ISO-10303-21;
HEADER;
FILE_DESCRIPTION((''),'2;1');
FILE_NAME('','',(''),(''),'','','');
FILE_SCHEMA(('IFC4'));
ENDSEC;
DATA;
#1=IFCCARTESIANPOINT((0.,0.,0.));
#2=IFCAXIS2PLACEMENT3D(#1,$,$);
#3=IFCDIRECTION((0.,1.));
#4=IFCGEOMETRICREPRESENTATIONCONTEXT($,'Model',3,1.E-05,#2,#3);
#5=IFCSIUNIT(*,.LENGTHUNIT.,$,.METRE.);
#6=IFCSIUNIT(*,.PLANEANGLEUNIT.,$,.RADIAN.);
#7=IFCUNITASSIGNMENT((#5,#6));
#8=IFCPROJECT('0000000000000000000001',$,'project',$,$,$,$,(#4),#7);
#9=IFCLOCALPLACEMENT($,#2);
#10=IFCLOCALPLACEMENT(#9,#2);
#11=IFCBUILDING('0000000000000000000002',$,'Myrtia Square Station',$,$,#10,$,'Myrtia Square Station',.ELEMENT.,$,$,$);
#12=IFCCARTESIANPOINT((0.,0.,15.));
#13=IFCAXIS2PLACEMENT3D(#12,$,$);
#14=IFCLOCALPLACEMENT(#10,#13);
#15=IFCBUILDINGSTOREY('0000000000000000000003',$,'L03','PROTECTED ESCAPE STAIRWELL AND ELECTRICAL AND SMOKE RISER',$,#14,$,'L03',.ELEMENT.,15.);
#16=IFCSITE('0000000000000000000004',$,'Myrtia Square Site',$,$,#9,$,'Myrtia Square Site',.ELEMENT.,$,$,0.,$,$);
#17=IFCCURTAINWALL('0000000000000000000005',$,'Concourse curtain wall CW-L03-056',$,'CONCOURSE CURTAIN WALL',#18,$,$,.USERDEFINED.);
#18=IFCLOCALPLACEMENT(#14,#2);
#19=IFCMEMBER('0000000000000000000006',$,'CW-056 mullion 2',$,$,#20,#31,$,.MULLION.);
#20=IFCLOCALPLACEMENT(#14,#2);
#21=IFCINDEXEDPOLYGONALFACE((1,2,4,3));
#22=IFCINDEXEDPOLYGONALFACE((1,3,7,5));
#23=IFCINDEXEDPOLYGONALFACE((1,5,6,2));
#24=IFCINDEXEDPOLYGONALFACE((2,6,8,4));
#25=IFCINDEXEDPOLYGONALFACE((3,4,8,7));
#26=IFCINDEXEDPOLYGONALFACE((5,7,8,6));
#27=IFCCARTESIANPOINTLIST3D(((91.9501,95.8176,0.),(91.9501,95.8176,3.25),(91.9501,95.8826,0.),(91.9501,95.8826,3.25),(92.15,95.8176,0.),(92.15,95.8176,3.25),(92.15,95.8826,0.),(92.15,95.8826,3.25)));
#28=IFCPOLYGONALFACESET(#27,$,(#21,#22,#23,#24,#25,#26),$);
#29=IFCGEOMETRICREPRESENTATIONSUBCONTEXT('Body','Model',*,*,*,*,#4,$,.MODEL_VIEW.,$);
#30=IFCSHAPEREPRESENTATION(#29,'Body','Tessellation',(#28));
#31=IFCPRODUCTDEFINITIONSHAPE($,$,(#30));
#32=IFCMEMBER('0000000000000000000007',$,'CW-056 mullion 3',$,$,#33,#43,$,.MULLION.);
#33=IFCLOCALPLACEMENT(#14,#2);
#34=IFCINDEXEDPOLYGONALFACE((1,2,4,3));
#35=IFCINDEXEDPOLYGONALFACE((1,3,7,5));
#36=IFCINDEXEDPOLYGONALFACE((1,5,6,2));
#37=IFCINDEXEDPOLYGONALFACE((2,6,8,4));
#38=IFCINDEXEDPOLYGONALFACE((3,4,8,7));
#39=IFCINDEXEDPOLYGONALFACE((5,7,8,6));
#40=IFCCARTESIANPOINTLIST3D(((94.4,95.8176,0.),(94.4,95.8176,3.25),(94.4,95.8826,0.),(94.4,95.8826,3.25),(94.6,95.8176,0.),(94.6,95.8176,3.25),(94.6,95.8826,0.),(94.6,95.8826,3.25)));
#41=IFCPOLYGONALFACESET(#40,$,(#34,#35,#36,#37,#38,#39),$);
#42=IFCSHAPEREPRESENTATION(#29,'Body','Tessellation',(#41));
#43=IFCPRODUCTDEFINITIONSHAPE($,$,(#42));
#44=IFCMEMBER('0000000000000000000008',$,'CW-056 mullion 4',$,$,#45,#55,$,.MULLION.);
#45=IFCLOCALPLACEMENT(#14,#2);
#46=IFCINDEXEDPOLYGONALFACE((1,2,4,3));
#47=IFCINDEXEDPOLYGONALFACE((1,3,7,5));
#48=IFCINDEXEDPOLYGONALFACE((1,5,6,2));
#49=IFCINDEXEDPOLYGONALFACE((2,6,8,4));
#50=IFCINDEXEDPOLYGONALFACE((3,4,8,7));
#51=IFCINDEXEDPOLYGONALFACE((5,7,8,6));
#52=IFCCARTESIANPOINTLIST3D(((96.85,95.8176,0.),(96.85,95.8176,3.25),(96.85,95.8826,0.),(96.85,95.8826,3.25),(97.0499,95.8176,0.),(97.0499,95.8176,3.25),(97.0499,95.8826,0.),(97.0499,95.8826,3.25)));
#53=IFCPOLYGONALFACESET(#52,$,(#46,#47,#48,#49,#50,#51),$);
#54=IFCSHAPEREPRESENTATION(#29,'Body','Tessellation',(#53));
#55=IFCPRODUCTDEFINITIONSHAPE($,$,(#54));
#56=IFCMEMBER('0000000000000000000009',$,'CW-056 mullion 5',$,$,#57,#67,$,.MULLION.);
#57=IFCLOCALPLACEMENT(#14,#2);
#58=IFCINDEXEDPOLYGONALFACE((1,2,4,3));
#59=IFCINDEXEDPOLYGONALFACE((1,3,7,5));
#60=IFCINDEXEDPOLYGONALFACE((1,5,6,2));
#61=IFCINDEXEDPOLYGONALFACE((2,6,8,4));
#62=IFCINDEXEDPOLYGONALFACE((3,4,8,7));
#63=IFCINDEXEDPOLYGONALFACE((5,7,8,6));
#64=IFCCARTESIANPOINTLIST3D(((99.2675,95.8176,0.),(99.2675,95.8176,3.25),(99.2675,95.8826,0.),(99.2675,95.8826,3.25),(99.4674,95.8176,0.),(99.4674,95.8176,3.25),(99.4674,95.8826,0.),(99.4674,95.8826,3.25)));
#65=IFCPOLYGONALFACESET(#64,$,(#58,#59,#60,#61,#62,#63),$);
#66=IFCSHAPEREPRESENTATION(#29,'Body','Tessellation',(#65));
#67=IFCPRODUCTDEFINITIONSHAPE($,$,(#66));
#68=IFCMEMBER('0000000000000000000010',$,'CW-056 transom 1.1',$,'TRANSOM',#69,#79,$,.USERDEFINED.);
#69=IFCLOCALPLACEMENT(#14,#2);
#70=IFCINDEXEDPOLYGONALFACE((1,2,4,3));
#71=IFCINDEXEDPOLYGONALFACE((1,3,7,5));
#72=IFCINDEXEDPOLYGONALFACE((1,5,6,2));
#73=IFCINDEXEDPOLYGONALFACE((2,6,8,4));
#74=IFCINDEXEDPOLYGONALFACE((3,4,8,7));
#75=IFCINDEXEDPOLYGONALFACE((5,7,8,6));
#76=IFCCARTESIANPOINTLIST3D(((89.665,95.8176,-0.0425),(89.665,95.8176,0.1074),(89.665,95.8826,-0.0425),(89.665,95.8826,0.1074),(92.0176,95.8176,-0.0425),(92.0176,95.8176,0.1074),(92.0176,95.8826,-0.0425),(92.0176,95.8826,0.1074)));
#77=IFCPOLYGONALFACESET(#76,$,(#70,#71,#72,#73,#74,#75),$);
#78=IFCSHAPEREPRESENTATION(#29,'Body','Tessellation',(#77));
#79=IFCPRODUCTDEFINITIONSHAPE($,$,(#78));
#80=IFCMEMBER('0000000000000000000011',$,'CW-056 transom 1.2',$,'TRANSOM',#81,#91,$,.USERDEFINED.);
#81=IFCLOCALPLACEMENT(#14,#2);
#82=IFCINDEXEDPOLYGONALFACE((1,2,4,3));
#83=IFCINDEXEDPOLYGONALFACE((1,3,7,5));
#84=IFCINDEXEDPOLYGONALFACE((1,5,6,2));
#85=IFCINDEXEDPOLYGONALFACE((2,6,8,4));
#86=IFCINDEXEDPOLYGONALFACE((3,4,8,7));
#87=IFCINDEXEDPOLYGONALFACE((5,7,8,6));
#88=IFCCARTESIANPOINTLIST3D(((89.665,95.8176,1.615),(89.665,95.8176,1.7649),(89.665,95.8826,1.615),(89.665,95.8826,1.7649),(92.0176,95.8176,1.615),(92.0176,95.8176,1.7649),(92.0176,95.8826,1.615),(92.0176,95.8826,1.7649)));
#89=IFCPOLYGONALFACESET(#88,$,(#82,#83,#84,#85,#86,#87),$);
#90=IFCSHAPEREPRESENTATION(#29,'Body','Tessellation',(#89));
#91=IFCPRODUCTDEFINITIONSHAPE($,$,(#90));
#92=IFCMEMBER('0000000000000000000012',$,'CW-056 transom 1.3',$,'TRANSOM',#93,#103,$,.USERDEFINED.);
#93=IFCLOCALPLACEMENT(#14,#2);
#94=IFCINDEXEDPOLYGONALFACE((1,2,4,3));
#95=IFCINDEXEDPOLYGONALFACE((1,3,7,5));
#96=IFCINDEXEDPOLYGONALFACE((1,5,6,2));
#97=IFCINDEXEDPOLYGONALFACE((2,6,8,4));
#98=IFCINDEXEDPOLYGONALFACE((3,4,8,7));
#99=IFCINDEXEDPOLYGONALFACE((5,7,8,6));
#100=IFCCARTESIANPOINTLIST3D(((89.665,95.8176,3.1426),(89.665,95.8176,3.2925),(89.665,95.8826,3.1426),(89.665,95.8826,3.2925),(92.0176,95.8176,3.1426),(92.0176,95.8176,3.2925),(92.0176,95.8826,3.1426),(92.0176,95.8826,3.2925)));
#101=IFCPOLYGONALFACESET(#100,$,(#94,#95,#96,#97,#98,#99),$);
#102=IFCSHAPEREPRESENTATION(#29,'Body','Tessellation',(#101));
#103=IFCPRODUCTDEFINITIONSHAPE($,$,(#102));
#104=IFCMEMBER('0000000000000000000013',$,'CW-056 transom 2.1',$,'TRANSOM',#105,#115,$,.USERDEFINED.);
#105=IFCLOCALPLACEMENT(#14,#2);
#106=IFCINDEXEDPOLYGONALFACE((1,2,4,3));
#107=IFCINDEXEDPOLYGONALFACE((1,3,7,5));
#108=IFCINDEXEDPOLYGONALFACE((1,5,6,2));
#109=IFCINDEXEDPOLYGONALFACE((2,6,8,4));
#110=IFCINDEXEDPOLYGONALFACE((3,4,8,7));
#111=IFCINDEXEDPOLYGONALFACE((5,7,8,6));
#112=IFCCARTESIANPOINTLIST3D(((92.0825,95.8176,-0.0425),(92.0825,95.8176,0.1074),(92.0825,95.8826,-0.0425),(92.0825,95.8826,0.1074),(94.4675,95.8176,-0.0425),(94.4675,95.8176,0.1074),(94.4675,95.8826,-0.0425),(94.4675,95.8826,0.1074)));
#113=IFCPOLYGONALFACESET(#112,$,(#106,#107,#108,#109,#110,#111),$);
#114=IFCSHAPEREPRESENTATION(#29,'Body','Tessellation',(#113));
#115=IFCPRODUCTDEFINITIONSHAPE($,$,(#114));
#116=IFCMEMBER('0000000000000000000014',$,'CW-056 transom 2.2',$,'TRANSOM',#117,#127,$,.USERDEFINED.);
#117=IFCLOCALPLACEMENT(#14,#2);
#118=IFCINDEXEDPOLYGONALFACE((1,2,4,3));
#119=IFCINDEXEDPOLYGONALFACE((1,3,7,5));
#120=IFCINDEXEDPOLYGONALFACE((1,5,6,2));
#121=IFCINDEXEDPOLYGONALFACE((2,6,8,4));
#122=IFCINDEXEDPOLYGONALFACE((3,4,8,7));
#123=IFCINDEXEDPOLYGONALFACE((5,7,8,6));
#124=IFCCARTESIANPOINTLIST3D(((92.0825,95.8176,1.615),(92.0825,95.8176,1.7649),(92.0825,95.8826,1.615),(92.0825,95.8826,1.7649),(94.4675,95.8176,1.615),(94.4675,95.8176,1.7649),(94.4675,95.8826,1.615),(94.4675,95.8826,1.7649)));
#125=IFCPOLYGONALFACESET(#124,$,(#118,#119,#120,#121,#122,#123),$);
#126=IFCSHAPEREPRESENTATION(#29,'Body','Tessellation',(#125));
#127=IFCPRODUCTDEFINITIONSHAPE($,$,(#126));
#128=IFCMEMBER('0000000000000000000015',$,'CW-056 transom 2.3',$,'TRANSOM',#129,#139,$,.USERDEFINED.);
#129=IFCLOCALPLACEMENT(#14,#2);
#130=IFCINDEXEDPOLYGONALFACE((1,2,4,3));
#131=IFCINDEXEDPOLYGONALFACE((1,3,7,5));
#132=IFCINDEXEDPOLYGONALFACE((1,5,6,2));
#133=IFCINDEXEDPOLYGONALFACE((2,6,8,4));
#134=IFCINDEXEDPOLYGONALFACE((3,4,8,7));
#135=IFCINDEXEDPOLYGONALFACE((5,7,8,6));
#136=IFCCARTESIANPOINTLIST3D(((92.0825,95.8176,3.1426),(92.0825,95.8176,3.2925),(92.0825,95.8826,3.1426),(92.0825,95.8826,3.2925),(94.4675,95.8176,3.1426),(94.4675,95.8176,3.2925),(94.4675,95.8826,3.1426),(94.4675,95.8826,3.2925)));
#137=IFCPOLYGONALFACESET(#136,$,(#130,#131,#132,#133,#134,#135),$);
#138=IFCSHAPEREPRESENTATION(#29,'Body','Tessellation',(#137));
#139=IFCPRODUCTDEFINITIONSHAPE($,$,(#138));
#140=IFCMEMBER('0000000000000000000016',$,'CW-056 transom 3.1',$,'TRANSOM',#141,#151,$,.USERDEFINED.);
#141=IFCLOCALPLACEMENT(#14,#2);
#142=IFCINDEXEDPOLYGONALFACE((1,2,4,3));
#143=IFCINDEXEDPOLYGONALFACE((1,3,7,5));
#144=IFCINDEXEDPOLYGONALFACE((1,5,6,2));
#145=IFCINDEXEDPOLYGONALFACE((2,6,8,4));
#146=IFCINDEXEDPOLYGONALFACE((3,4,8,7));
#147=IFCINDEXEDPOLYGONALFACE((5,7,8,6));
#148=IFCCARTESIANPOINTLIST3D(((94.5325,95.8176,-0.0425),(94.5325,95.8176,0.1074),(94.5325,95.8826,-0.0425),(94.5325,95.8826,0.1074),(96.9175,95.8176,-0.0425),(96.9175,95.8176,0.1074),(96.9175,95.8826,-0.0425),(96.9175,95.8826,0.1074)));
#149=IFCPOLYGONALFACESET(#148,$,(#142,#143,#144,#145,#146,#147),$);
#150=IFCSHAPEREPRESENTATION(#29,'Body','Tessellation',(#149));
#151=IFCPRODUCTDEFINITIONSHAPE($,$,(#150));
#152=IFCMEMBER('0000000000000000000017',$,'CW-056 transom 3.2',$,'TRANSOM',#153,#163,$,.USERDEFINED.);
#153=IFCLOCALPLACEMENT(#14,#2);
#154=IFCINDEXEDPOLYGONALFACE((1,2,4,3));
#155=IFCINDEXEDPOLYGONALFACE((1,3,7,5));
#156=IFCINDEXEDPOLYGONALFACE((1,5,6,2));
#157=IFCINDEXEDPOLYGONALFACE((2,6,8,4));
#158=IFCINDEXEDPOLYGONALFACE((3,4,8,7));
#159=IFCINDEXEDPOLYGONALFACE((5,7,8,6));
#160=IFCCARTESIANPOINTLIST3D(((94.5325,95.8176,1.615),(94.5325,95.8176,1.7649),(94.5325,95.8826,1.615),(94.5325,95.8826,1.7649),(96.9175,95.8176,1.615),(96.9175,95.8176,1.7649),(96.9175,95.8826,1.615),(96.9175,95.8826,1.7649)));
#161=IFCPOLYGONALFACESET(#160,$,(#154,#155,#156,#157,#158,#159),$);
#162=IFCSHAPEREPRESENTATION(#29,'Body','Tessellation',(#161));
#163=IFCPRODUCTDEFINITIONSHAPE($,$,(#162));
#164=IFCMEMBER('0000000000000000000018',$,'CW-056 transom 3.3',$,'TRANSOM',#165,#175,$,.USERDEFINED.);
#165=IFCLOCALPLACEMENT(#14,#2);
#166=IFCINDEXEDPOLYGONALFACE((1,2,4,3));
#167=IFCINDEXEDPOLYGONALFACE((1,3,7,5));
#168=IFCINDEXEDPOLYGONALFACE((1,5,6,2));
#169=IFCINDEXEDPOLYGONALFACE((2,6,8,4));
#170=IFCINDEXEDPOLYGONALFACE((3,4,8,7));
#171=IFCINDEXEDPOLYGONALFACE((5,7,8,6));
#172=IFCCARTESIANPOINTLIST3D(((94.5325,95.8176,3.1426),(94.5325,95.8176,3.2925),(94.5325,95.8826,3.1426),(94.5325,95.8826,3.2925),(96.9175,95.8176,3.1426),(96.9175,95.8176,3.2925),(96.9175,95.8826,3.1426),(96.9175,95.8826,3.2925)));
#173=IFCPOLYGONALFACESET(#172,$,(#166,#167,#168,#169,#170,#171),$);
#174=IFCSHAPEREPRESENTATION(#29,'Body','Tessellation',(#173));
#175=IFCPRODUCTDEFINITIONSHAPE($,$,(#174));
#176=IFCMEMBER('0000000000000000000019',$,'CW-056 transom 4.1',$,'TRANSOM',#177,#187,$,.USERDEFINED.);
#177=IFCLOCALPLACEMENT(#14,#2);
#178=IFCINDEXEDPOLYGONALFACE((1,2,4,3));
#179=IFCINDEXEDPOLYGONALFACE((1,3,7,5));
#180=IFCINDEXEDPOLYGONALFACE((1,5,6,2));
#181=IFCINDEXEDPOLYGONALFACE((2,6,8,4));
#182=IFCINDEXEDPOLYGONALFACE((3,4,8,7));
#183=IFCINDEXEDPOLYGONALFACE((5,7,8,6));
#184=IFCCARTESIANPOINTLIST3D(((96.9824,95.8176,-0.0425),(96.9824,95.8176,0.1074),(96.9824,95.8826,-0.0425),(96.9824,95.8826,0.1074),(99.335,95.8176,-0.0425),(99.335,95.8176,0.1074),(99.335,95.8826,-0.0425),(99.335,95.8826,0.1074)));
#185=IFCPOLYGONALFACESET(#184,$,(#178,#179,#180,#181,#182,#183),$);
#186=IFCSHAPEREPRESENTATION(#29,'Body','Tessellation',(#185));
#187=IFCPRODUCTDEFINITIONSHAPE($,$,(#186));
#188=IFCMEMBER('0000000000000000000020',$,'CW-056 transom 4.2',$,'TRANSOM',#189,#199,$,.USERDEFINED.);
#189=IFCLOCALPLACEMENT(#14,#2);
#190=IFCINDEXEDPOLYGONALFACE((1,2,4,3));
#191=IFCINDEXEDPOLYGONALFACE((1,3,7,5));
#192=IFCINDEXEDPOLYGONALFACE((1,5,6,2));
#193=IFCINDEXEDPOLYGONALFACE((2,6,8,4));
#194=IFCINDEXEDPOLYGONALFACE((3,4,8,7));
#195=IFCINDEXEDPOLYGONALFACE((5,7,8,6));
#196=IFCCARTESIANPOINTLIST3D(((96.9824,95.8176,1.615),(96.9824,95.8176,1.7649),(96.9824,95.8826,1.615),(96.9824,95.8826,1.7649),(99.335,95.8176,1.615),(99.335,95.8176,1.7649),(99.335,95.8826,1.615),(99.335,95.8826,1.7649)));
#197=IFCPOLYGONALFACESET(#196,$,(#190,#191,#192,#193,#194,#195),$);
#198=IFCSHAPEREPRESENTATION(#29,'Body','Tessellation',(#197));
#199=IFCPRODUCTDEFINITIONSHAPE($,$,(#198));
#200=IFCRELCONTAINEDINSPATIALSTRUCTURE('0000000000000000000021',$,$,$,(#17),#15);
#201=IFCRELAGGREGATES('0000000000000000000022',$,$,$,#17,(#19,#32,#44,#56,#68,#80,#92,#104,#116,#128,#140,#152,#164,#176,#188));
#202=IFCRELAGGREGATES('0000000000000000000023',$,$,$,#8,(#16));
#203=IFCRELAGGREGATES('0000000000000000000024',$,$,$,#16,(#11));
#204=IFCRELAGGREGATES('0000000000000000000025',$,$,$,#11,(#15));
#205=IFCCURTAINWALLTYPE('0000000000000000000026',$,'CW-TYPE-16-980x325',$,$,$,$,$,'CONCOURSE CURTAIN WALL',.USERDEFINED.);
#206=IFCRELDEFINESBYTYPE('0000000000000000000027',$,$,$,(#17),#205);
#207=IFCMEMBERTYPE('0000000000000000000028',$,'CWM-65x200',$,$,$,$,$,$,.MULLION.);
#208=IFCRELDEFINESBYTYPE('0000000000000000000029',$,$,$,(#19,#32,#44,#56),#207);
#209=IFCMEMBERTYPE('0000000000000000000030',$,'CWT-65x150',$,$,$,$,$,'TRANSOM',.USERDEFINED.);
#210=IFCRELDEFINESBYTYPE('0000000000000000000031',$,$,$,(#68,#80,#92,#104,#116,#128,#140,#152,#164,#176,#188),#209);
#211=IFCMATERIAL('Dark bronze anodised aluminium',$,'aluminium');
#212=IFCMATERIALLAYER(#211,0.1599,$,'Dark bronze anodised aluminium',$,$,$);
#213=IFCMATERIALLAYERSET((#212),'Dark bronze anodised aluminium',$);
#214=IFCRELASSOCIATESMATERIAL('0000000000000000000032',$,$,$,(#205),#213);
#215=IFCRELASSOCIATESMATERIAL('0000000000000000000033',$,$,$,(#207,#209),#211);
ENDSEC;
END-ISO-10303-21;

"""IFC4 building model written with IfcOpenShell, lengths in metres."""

from ifc_helpers import new_model, si_unit, direction, frame, origin, origin_2d, place, context, subcontext, project, spatial, rectangle, extrude, material, layer, layer_set, material_profile, profile_set, type_object, element, aggregate, save


model = new_model("IFC4")

# Units and contexts
model_context = context("Model", 3, precision=1e-05, world=origin(), true_north=direction((0.0, 1.0)))
body_context = subcontext(model_context, "Body", "Model", "MODEL_VIEW")
ifc_project = project(units=[si_unit("LENGTHUNIT", "METRE"), si_unit("PLANEANGLEUNIT", "RADIAN")], contexts=[model_context])

# Site, building, storey
site_placement = place(None, origin())
site = spatial("IfcSite", under=ifc_project, at=site_placement, Name="Myrtia Square Site", LongName="Myrtia Square Site", CompositionType="ELEMENT", RefElevation=0.0)
building_placement = place(site_placement, origin())
building = spatial("IfcBuilding", under=site, at=building_placement, Name="Myrtia Square Station", LongName="Myrtia Square Station", CompositionType="ELEMENT")
storey_placement = place(building_placement, frame((0.0, 0.0, 15.0)))
storey = spatial("IfcBuildingStorey", under=building, at=storey_placement, Name="L03", Description="PROTECTED ESCAPE STAIRWELL AND ELECTRICAL AND SMOKE RISER", LongName="L03", CompositionType="ELEMENT", Elevation=15.0)

# Curtain wall, members
ifc_material_1 = material(Name="Dark bronze anodised aluminium", Category="aluminium")
ifc_layer_1 = layer(ifc_material_1, 0.1599, Name="Dark bronze anodised aluminium")
ifc_layer_set_1 = layer_set([ifc_layer_1], Name="Dark bronze anodised aluminium")
curtain_wall_type = type_object("IfcCurtainWallType", Name="CW-TYPE-16-980x325", ElementType="CONCOURSE CURTAIN WALL", PredefinedType="USERDEFINED", material=ifc_layer_set_1)
curtain_wall_placement = place(storey_placement, origin())
curtain_wall = element("IfcCurtainWall", 1, at=curtain_wall_placement, inside=storey, type_object=curtain_wall_type, Name="Concourse curtain wall CW-L03-056", ObjectType="CONCOURSE CURTAIN WALL", PredefinedType="USERDEFINED")
ifc_material_profile_1 = material_profile(ifc_material_1, rectangle(XDim=0.0649, YDim=0.2, at=origin_2d()), Name="ALU-M 65x200")
ifc_profile_set_1 = profile_set([ifc_material_profile_1], Name="Dark bronze anodised aluminium")
member_type_1 = type_object("IfcMemberType", Name="CWM-65x200", PredefinedType="MULLION", material=ifc_profile_set_1)
member_1_placement = place(storey_placement, frame((92.05, 95.8501, 0.0), z_axis=(0.0, 0.0, 1.0), x_axis=(0.0, 1.0, 0.0)))
member_1 = element("IfcMember", 2, at=member_1_placement, type_object=member_type_1, Name="CW-056 mullion 2", PredefinedType="MULLION", context=body_context, shape_type="SweptSolid", body=[
    extrude(rectangle(XDim=0.0649, YDim=0.2, at=origin_2d()), origin(), (0.0, 0.0, 1.0), 3.25),
])
member_2_placement = place(storey_placement, frame((94.5, 95.8501, 0.0), z_axis=(0.0, 0.0, 1.0), x_axis=(0.0, 1.0, 0.0)))
member_2 = element("IfcMember", 3, at=member_2_placement, type_object=member_type_1, Name="CW-056 mullion 3", PredefinedType="MULLION", context=body_context, shape_type="SweptSolid", body=[
    extrude(rectangle(XDim=0.0649, YDim=0.2, at=origin_2d()), origin(), (0.0, 0.0, 1.0), 3.25),
])
member_3_placement = place(storey_placement, frame((96.95, 95.8501, 0.0), z_axis=(0.0, 0.0, 1.0), x_axis=(0.0, 1.0, 0.0)))
member_3 = element("IfcMember", 4, at=member_3_placement, type_object=member_type_1, Name="CW-056 mullion 4", PredefinedType="MULLION", context=body_context, shape_type="SweptSolid", body=[
    extrude(rectangle(XDim=0.0649, YDim=0.2, at=origin_2d()), origin(), (0.0, 0.0, 1.0), 3.25),
])
member_4_placement = place(storey_placement, frame((99.3674, 95.8501, 0.0), z_axis=(0.0, 0.0, 1.0), x_axis=(0.0, 1.0, 0.0)))
member_4 = element("IfcMember", 5, at=member_4_placement, type_object=member_type_1, Name="CW-056 mullion 5", PredefinedType="MULLION", context=body_context, shape_type="SweptSolid", body=[
    extrude(rectangle(XDim=0.0649, YDim=0.2, at=origin_2d()), origin(), (0.0, 0.0, 1.0), 3.25),
])
ifc_material_profile_2 = material_profile(ifc_material_1, rectangle(XDim=0.0649, YDim=0.1499, at=origin_2d()), Name="ALU-T 65x150")
ifc_profile_set_2 = profile_set([ifc_material_profile_2], Name="Dark bronze anodised aluminium")
member_type_2 = type_object("IfcMemberType", Name="CWT-65x150", ElementType="TRANSOM", PredefinedType="USERDEFINED", material=ifc_profile_set_2)
member_5_placement = place(storey_placement, frame((89.665, 95.8501, 0.0325), z_axis=(1.0, 0.0, 0.0), x_axis=(0.0, 1.0, 0.0)))
member_5 = element("IfcMember", 6, at=member_5_placement, type_object=member_type_2, Name="CW-056 transom 1.1", ObjectType="TRANSOM", PredefinedType="USERDEFINED", context=body_context, shape_type="SweptSolid", body=[
    extrude(rectangle(XDim=0.0649, YDim=0.1499, at=origin_2d()), origin(), (0.0, 0.0, 1.0), 2.3525),
])
member_6_placement = place(storey_placement, frame((89.665, 95.8501, 1.6899), z_axis=(1.0, 0.0, 0.0), x_axis=(0.0, 1.0, 0.0)))
member_6 = element("IfcMember", 7, at=member_6_placement, type_object=member_type_2, Name="CW-056 transom 1.2", ObjectType="TRANSOM", PredefinedType="USERDEFINED", context=body_context, shape_type="SweptSolid", body=[
    extrude(rectangle(XDim=0.0649, YDim=0.1499, at=origin_2d()), origin(), (0.0, 0.0, 1.0), 2.3525),
])
member_7_placement = place(storey_placement, frame((89.665, 95.8501, 3.2175), z_axis=(1.0, 0.0, 0.0), x_axis=(0.0, 1.0, 0.0)))
member_7 = element("IfcMember", 8, at=member_7_placement, type_object=member_type_2, Name="CW-056 transom 1.3", ObjectType="TRANSOM", PredefinedType="USERDEFINED", context=body_context, shape_type="SweptSolid", body=[
    extrude(rectangle(XDim=0.0649, YDim=0.1499, at=origin_2d()), origin(), (0.0, 0.0, 1.0), 2.3525),
])
member_8_placement = place(storey_placement, frame((92.0825, 95.8501, 0.0325), z_axis=(1.0, 0.0, 0.0), x_axis=(0.0, 1.0, 0.0)))
member_8 = element("IfcMember", 9, at=member_8_placement, type_object=member_type_2, Name="CW-056 transom 2.1", ObjectType="TRANSOM", PredefinedType="USERDEFINED", context=body_context, shape_type="SweptSolid", body=[
    extrude(rectangle(XDim=0.0649, YDim=0.1499, at=origin_2d()), origin(), (0.0, 0.0, 1.0), 2.385),
])
member_9_placement = place(storey_placement, frame((92.0825, 95.8501, 1.6899), z_axis=(1.0, 0.0, 0.0), x_axis=(0.0, 1.0, 0.0)))
member_9 = element("IfcMember", 10, at=member_9_placement, type_object=member_type_2, Name="CW-056 transom 2.2", ObjectType="TRANSOM", PredefinedType="USERDEFINED", context=body_context, shape_type="SweptSolid", body=[
    extrude(rectangle(XDim=0.0649, YDim=0.1499, at=origin_2d()), origin(), (0.0, 0.0, 1.0), 2.385),
])
member_10_placement = place(storey_placement, frame((92.0825, 95.8501, 3.2175), z_axis=(1.0, 0.0, 0.0), x_axis=(0.0, 1.0, 0.0)))
member_10 = element("IfcMember", 11, at=member_10_placement, type_object=member_type_2, Name="CW-056 transom 2.3", ObjectType="TRANSOM", PredefinedType="USERDEFINED", context=body_context, shape_type="SweptSolid", body=[
    extrude(rectangle(XDim=0.0649, YDim=0.1499, at=origin_2d()), origin(), (0.0, 0.0, 1.0), 2.385),
])
member_11_placement = place(storey_placement, frame((94.5325, 95.8501, 0.0325), z_axis=(1.0, 0.0, 0.0), x_axis=(0.0, 1.0, 0.0)))
member_11 = element("IfcMember", 12, at=member_11_placement, type_object=member_type_2, Name="CW-056 transom 3.1", ObjectType="TRANSOM", PredefinedType="USERDEFINED", context=body_context, shape_type="SweptSolid", body=[
    extrude(rectangle(XDim=0.0649, YDim=0.1499, at=origin_2d()), origin(), (0.0, 0.0, 1.0), 2.385),
])
member_12_placement = place(storey_placement, frame((94.5325, 95.8501, 1.6899), z_axis=(1.0, 0.0, 0.0), x_axis=(0.0, 1.0, 0.0)))
member_12 = element("IfcMember", 13, at=member_12_placement, type_object=member_type_2, Name="CW-056 transom 3.2", ObjectType="TRANSOM", PredefinedType="USERDEFINED", context=body_context, shape_type="SweptSolid", body=[
    extrude(rectangle(XDim=0.0649, YDim=0.1499, at=origin_2d()), origin(), (0.0, 0.0, 1.0), 2.385),
])
member_13_placement = place(storey_placement, frame((94.5325, 95.8501, 3.2175), z_axis=(1.0, 0.0, 0.0), x_axis=(0.0, 1.0, 0.0)))
member_13 = element("IfcMember", 14, at=member_13_placement, type_object=member_type_2, Name="CW-056 transom 3.3", ObjectType="TRANSOM", PredefinedType="USERDEFINED", context=body_context, shape_type="SweptSolid", body=[
    extrude(rectangle(XDim=0.0649, YDim=0.1499, at=origin_2d()), origin(), (0.0, 0.0, 1.0), 2.385),
])
member_14_placement = place(storey_placement, frame((96.9824, 95.8501, 0.0325), z_axis=(1.0, 0.0, 0.0), x_axis=(0.0, 1.0, 0.0)))
member_14 = element("IfcMember", 15, at=member_14_placement, type_object=member_type_2, Name="CW-056 transom 4.1", ObjectType="TRANSOM", PredefinedType="USERDEFINED", context=body_context, shape_type="SweptSolid", body=[
    extrude(rectangle(XDim=0.0649, YDim=0.1499, at=origin_2d()), origin(), (0.0, 0.0, 1.0), 2.3525),
])
member_15_placement = place(storey_placement, frame((96.9824, 95.8501, 1.6899), z_axis=(1.0, 0.0, 0.0), x_axis=(0.0, 1.0, 0.0)))
member_15 = element("IfcMember", 16, at=member_15_placement, type_object=member_type_2, Name="CW-056 transom 4.2", ObjectType="TRANSOM", PredefinedType="USERDEFINED", context=body_context, shape_type="SweptSolid", body=[
    extrude(rectangle(XDim=0.0649, YDim=0.1499, at=origin_2d()), origin(), (0.0, 0.0, 1.0), 2.3525),
])
aggregate(curtain_wall, [member_1, member_2, member_3, member_4, member_5, member_6, member_7, member_8, member_9, member_10, member_11, member_12, member_13, member_14, member_15])

save(model, "model.ifc")
